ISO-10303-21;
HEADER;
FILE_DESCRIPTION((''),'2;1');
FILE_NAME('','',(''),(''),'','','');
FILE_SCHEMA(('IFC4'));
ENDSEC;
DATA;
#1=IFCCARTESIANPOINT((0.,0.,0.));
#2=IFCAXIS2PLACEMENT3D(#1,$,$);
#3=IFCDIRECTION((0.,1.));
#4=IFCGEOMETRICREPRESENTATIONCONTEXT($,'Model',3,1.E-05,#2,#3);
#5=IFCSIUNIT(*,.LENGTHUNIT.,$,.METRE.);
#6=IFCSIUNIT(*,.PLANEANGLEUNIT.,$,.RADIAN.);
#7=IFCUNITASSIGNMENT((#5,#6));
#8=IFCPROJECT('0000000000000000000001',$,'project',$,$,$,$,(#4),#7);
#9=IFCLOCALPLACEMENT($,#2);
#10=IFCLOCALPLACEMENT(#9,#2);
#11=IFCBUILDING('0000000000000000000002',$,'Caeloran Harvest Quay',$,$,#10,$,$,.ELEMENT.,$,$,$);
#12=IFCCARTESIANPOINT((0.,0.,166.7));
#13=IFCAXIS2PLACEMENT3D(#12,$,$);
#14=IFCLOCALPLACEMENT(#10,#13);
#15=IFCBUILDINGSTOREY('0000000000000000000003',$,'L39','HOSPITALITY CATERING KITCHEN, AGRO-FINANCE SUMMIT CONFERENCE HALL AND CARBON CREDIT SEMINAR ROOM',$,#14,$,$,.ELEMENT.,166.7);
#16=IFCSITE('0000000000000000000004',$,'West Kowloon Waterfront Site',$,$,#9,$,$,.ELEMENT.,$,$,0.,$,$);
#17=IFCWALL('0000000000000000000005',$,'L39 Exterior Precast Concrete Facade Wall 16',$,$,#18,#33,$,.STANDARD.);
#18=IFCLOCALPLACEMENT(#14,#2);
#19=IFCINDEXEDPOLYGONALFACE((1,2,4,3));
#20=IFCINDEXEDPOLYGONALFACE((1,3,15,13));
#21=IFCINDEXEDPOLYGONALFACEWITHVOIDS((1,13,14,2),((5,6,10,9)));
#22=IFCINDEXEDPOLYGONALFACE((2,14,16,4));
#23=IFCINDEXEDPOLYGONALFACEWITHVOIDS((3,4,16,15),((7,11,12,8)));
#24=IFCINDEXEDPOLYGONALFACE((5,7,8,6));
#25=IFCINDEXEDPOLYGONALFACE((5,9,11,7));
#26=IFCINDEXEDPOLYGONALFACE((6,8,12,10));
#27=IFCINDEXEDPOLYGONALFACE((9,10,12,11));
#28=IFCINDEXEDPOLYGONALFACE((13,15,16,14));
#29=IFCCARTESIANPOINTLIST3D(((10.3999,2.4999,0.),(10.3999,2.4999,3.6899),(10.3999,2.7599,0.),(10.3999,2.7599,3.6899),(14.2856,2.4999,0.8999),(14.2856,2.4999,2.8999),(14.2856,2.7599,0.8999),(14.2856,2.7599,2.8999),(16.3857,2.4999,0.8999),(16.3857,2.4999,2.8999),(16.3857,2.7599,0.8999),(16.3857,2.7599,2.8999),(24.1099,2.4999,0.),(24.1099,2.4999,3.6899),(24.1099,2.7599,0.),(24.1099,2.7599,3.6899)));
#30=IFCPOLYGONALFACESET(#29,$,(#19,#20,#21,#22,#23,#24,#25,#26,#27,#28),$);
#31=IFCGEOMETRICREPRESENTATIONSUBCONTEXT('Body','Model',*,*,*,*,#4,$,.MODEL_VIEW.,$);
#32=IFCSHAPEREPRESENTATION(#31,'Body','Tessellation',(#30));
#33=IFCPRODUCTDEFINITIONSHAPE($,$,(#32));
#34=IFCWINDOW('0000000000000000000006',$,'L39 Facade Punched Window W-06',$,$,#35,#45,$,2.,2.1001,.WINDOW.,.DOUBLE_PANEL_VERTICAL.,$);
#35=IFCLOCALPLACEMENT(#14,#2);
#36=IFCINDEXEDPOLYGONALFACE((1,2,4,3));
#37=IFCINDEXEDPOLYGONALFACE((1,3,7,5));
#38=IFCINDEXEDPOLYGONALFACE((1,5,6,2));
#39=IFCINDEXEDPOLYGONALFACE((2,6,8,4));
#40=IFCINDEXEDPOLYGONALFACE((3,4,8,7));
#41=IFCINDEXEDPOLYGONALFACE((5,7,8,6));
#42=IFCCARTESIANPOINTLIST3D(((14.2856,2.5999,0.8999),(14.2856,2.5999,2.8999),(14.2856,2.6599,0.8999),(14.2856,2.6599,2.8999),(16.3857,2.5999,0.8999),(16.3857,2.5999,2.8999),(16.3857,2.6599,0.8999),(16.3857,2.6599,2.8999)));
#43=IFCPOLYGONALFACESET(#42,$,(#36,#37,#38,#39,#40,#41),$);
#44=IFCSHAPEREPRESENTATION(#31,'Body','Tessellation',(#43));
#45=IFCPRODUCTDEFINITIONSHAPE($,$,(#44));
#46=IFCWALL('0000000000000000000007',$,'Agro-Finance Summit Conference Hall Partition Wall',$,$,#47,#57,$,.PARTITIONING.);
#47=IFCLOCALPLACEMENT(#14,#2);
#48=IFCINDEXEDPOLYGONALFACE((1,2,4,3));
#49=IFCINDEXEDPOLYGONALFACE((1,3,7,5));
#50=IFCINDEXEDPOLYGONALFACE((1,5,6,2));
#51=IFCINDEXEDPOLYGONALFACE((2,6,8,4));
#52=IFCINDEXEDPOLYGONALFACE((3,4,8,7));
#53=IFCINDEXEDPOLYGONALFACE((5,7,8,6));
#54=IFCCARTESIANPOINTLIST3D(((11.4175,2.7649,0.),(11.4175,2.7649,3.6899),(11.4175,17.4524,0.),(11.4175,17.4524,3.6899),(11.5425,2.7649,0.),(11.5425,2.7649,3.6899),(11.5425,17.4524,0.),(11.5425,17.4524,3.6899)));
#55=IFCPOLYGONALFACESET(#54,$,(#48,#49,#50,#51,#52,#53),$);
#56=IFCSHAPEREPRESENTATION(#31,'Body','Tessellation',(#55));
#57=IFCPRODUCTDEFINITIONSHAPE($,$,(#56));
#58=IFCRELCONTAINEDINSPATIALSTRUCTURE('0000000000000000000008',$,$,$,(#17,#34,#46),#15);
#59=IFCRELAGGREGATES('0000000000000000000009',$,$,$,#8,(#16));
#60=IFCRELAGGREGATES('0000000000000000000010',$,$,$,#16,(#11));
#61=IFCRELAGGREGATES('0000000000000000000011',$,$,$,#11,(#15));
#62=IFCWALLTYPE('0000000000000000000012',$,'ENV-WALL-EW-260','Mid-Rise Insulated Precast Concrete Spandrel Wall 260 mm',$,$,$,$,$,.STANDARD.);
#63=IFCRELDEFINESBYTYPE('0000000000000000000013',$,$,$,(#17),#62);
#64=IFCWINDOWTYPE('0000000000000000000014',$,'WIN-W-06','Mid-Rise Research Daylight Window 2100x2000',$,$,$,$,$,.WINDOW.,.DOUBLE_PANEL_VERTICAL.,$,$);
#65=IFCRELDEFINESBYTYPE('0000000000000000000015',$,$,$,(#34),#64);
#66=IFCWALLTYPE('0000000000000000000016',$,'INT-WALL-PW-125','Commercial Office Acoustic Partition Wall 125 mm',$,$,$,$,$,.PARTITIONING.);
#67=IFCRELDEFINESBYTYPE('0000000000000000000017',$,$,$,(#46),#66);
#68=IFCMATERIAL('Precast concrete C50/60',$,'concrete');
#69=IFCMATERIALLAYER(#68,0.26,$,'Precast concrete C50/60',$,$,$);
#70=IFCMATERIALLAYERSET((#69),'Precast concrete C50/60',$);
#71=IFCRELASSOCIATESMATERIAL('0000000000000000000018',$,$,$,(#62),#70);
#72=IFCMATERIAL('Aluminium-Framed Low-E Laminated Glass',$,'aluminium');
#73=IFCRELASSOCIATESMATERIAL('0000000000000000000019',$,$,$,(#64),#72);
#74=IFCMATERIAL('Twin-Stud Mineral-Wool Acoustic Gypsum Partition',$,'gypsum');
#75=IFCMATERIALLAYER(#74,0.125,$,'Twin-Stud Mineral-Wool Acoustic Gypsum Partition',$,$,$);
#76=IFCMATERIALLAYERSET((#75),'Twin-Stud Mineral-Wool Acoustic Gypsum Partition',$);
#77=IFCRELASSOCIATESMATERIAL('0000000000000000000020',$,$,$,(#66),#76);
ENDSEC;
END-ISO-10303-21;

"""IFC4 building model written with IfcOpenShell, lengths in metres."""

from ifc_helpers import new_model, si_unit, direction, frame, frame_2d, origin, place, context, subcontext, project, spatial, rectangle, extrude, material, layer, layer_set, type_object, element, fill, save


model = new_model("IFC4")

# Units and contexts
model_context = context("Model", 3, precision=1e-05, world=origin(), true_north=direction((0.0, 1.0)))
body_context = subcontext(model_context, "Body", "Model", "MODEL_VIEW")
ifc_project = project(units=[si_unit("LENGTHUNIT", "METRE"), si_unit("PLANEANGLEUNIT", "RADIAN")], contexts=[model_context])

# Site, building, storey
site_placement = place(None, origin())
site = spatial("IfcSite", under=ifc_project, at=site_placement, Name="West Kowloon Waterfront Site", CompositionType="ELEMENT", RefElevation=0.0)
building_placement = place(site_placement, origin())
building = spatial("IfcBuilding", under=site, at=building_placement, Name="Caeloran Harvest Quay", CompositionType="ELEMENT")
storey_placement = place(building_placement, frame((0.0, 0.0, 166.7)))
storey = spatial("IfcBuildingStorey", under=building, at=storey_placement, Name="L39", Description="HOSPITALITY CATERING KITCHEN, AGRO-FINANCE SUMMIT CONFERENCE HALL AND CARBON CREDIT SEMINAR ROOM", CompositionType="ELEMENT", Elevation=166.7)

# Shared definitions
ifc_material_1 = material(Name="Precast concrete C50/60", Category="concrete")
ifc_layer_1 = layer(ifc_material_1, 0.26, Name="Precast concrete C50/60")
ifc_layer_set_1 = layer_set([ifc_layer_1], Name="Precast concrete C50/60")
wall_type_1 = type_object("IfcWallType", Name="ENV-WALL-EW-260", Description="Mid-Rise Insulated Precast Concrete Spandrel Wall 260 mm", PredefinedType="STANDARD", material=ifc_layer_set_1)

# Wall, opening, window
wall_1_placement = place(storey_placement, frame((24.1099, 2.6299, 0.0), z_axis=(0.0, 0.0, 1.0), x_axis=(-1.0, 0.0, 0.0)))
wall_1 = element("IfcWall", 1, at=wall_1_placement, inside=storey, type_object=wall_type_1, Name="L39 Exterior Precast Concrete Facade Wall 16", PredefinedType="STANDARD", context=body_context, shape_type="SweptSolid", body=[
    extrude(rectangle(XDim=13.71, YDim=0.26, at=frame_2d((6.855, 0.0))), origin(), (0.0, 0.0, 1.0), 3.6899),
])
opening_placement = place(wall_1_placement, frame((7.7241, 0.0, 0.8999)))
opening = element("IfcOpeningElement", 2, at=opening_placement, cuts=wall_1, PredefinedType="OPENING", context=body_context, shape_type="SweptSolid", body=[
    extrude(rectangle(XDim=2.1001, YDim=2.0, at=frame_2d((1.05, 1.0))), frame((0.0, 0.1401, 0.0), z_axis=(0.0, -1.0, 0.0), x_axis=(1.0, 0.0, 0.0)), (0.0, 0.0, 1.0), 0.28),
])
ifc_material_2 = material(Name="Aluminium-Framed Low-E Laminated Glass", Category="aluminium")
window_type = type_object("IfcWindowType", Name="WIN-W-06", Description="Mid-Rise Research Daylight Window 2100x2000", PartitioningType="DOUBLE_PANEL_VERTICAL", PredefinedType="WINDOW", material=ifc_material_2)
window_placement = place(opening_placement, origin())
window = element("IfcWindow", 3, at=window_placement, inside=storey, type_object=window_type, Name="L39 Facade Punched Window W-06", OverallHeight=2.0, OverallWidth=2.1001, PartitioningType="DOUBLE_PANEL_VERTICAL", PredefinedType="WINDOW", context=body_context, shape_type="SweptSolid", body=[
    extrude(rectangle(XDim=2.1001, YDim=2.0, at=frame_2d((1.05, 1.0))), frame((0.0, 0.03, 0.0), z_axis=(0.0, -1.0, 0.0), x_axis=(1.0, 0.0, 0.0)), (0.0, 0.0, 1.0), 0.0601),
])
fill(opening, window)

# Wall
ifc_material_3 = material(Name="Twin-Stud Mineral-Wool Acoustic Gypsum Partition", Category="gypsum")
ifc_layer_2 = layer(ifc_material_3, 0.125, Name="Twin-Stud Mineral-Wool Acoustic Gypsum Partition")
ifc_layer_set_2 = layer_set([ifc_layer_2], Name="Twin-Stud Mineral-Wool Acoustic Gypsum Partition")
wall_type_2 = type_object("IfcWallType", Name="INT-WALL-PW-125", Description="Commercial Office Acoustic Partition Wall 125 mm", PredefinedType="PARTITIONING", material=ifc_layer_set_2)
wall_2_placement = place(storey_placement, frame((11.48, 2.7649, 0.0), z_axis=(0.0, 0.0, 1.0), x_axis=(0.0, 1.0, 0.0)))
element("IfcWall", 4, at=wall_2_placement, inside=storey, type_object=wall_type_2, Name="Agro-Finance Summit Conference Hall Partition Wall", PredefinedType="PARTITIONING", context=body_context, shape_type="SweptSolid", body=[
    extrude(rectangle(XDim=14.6875, YDim=0.125, at=frame_2d((7.3438, 0.0))), origin(), (0.0, 0.0, 1.0), 3.6899),
])

save(model, "model.ifc")
